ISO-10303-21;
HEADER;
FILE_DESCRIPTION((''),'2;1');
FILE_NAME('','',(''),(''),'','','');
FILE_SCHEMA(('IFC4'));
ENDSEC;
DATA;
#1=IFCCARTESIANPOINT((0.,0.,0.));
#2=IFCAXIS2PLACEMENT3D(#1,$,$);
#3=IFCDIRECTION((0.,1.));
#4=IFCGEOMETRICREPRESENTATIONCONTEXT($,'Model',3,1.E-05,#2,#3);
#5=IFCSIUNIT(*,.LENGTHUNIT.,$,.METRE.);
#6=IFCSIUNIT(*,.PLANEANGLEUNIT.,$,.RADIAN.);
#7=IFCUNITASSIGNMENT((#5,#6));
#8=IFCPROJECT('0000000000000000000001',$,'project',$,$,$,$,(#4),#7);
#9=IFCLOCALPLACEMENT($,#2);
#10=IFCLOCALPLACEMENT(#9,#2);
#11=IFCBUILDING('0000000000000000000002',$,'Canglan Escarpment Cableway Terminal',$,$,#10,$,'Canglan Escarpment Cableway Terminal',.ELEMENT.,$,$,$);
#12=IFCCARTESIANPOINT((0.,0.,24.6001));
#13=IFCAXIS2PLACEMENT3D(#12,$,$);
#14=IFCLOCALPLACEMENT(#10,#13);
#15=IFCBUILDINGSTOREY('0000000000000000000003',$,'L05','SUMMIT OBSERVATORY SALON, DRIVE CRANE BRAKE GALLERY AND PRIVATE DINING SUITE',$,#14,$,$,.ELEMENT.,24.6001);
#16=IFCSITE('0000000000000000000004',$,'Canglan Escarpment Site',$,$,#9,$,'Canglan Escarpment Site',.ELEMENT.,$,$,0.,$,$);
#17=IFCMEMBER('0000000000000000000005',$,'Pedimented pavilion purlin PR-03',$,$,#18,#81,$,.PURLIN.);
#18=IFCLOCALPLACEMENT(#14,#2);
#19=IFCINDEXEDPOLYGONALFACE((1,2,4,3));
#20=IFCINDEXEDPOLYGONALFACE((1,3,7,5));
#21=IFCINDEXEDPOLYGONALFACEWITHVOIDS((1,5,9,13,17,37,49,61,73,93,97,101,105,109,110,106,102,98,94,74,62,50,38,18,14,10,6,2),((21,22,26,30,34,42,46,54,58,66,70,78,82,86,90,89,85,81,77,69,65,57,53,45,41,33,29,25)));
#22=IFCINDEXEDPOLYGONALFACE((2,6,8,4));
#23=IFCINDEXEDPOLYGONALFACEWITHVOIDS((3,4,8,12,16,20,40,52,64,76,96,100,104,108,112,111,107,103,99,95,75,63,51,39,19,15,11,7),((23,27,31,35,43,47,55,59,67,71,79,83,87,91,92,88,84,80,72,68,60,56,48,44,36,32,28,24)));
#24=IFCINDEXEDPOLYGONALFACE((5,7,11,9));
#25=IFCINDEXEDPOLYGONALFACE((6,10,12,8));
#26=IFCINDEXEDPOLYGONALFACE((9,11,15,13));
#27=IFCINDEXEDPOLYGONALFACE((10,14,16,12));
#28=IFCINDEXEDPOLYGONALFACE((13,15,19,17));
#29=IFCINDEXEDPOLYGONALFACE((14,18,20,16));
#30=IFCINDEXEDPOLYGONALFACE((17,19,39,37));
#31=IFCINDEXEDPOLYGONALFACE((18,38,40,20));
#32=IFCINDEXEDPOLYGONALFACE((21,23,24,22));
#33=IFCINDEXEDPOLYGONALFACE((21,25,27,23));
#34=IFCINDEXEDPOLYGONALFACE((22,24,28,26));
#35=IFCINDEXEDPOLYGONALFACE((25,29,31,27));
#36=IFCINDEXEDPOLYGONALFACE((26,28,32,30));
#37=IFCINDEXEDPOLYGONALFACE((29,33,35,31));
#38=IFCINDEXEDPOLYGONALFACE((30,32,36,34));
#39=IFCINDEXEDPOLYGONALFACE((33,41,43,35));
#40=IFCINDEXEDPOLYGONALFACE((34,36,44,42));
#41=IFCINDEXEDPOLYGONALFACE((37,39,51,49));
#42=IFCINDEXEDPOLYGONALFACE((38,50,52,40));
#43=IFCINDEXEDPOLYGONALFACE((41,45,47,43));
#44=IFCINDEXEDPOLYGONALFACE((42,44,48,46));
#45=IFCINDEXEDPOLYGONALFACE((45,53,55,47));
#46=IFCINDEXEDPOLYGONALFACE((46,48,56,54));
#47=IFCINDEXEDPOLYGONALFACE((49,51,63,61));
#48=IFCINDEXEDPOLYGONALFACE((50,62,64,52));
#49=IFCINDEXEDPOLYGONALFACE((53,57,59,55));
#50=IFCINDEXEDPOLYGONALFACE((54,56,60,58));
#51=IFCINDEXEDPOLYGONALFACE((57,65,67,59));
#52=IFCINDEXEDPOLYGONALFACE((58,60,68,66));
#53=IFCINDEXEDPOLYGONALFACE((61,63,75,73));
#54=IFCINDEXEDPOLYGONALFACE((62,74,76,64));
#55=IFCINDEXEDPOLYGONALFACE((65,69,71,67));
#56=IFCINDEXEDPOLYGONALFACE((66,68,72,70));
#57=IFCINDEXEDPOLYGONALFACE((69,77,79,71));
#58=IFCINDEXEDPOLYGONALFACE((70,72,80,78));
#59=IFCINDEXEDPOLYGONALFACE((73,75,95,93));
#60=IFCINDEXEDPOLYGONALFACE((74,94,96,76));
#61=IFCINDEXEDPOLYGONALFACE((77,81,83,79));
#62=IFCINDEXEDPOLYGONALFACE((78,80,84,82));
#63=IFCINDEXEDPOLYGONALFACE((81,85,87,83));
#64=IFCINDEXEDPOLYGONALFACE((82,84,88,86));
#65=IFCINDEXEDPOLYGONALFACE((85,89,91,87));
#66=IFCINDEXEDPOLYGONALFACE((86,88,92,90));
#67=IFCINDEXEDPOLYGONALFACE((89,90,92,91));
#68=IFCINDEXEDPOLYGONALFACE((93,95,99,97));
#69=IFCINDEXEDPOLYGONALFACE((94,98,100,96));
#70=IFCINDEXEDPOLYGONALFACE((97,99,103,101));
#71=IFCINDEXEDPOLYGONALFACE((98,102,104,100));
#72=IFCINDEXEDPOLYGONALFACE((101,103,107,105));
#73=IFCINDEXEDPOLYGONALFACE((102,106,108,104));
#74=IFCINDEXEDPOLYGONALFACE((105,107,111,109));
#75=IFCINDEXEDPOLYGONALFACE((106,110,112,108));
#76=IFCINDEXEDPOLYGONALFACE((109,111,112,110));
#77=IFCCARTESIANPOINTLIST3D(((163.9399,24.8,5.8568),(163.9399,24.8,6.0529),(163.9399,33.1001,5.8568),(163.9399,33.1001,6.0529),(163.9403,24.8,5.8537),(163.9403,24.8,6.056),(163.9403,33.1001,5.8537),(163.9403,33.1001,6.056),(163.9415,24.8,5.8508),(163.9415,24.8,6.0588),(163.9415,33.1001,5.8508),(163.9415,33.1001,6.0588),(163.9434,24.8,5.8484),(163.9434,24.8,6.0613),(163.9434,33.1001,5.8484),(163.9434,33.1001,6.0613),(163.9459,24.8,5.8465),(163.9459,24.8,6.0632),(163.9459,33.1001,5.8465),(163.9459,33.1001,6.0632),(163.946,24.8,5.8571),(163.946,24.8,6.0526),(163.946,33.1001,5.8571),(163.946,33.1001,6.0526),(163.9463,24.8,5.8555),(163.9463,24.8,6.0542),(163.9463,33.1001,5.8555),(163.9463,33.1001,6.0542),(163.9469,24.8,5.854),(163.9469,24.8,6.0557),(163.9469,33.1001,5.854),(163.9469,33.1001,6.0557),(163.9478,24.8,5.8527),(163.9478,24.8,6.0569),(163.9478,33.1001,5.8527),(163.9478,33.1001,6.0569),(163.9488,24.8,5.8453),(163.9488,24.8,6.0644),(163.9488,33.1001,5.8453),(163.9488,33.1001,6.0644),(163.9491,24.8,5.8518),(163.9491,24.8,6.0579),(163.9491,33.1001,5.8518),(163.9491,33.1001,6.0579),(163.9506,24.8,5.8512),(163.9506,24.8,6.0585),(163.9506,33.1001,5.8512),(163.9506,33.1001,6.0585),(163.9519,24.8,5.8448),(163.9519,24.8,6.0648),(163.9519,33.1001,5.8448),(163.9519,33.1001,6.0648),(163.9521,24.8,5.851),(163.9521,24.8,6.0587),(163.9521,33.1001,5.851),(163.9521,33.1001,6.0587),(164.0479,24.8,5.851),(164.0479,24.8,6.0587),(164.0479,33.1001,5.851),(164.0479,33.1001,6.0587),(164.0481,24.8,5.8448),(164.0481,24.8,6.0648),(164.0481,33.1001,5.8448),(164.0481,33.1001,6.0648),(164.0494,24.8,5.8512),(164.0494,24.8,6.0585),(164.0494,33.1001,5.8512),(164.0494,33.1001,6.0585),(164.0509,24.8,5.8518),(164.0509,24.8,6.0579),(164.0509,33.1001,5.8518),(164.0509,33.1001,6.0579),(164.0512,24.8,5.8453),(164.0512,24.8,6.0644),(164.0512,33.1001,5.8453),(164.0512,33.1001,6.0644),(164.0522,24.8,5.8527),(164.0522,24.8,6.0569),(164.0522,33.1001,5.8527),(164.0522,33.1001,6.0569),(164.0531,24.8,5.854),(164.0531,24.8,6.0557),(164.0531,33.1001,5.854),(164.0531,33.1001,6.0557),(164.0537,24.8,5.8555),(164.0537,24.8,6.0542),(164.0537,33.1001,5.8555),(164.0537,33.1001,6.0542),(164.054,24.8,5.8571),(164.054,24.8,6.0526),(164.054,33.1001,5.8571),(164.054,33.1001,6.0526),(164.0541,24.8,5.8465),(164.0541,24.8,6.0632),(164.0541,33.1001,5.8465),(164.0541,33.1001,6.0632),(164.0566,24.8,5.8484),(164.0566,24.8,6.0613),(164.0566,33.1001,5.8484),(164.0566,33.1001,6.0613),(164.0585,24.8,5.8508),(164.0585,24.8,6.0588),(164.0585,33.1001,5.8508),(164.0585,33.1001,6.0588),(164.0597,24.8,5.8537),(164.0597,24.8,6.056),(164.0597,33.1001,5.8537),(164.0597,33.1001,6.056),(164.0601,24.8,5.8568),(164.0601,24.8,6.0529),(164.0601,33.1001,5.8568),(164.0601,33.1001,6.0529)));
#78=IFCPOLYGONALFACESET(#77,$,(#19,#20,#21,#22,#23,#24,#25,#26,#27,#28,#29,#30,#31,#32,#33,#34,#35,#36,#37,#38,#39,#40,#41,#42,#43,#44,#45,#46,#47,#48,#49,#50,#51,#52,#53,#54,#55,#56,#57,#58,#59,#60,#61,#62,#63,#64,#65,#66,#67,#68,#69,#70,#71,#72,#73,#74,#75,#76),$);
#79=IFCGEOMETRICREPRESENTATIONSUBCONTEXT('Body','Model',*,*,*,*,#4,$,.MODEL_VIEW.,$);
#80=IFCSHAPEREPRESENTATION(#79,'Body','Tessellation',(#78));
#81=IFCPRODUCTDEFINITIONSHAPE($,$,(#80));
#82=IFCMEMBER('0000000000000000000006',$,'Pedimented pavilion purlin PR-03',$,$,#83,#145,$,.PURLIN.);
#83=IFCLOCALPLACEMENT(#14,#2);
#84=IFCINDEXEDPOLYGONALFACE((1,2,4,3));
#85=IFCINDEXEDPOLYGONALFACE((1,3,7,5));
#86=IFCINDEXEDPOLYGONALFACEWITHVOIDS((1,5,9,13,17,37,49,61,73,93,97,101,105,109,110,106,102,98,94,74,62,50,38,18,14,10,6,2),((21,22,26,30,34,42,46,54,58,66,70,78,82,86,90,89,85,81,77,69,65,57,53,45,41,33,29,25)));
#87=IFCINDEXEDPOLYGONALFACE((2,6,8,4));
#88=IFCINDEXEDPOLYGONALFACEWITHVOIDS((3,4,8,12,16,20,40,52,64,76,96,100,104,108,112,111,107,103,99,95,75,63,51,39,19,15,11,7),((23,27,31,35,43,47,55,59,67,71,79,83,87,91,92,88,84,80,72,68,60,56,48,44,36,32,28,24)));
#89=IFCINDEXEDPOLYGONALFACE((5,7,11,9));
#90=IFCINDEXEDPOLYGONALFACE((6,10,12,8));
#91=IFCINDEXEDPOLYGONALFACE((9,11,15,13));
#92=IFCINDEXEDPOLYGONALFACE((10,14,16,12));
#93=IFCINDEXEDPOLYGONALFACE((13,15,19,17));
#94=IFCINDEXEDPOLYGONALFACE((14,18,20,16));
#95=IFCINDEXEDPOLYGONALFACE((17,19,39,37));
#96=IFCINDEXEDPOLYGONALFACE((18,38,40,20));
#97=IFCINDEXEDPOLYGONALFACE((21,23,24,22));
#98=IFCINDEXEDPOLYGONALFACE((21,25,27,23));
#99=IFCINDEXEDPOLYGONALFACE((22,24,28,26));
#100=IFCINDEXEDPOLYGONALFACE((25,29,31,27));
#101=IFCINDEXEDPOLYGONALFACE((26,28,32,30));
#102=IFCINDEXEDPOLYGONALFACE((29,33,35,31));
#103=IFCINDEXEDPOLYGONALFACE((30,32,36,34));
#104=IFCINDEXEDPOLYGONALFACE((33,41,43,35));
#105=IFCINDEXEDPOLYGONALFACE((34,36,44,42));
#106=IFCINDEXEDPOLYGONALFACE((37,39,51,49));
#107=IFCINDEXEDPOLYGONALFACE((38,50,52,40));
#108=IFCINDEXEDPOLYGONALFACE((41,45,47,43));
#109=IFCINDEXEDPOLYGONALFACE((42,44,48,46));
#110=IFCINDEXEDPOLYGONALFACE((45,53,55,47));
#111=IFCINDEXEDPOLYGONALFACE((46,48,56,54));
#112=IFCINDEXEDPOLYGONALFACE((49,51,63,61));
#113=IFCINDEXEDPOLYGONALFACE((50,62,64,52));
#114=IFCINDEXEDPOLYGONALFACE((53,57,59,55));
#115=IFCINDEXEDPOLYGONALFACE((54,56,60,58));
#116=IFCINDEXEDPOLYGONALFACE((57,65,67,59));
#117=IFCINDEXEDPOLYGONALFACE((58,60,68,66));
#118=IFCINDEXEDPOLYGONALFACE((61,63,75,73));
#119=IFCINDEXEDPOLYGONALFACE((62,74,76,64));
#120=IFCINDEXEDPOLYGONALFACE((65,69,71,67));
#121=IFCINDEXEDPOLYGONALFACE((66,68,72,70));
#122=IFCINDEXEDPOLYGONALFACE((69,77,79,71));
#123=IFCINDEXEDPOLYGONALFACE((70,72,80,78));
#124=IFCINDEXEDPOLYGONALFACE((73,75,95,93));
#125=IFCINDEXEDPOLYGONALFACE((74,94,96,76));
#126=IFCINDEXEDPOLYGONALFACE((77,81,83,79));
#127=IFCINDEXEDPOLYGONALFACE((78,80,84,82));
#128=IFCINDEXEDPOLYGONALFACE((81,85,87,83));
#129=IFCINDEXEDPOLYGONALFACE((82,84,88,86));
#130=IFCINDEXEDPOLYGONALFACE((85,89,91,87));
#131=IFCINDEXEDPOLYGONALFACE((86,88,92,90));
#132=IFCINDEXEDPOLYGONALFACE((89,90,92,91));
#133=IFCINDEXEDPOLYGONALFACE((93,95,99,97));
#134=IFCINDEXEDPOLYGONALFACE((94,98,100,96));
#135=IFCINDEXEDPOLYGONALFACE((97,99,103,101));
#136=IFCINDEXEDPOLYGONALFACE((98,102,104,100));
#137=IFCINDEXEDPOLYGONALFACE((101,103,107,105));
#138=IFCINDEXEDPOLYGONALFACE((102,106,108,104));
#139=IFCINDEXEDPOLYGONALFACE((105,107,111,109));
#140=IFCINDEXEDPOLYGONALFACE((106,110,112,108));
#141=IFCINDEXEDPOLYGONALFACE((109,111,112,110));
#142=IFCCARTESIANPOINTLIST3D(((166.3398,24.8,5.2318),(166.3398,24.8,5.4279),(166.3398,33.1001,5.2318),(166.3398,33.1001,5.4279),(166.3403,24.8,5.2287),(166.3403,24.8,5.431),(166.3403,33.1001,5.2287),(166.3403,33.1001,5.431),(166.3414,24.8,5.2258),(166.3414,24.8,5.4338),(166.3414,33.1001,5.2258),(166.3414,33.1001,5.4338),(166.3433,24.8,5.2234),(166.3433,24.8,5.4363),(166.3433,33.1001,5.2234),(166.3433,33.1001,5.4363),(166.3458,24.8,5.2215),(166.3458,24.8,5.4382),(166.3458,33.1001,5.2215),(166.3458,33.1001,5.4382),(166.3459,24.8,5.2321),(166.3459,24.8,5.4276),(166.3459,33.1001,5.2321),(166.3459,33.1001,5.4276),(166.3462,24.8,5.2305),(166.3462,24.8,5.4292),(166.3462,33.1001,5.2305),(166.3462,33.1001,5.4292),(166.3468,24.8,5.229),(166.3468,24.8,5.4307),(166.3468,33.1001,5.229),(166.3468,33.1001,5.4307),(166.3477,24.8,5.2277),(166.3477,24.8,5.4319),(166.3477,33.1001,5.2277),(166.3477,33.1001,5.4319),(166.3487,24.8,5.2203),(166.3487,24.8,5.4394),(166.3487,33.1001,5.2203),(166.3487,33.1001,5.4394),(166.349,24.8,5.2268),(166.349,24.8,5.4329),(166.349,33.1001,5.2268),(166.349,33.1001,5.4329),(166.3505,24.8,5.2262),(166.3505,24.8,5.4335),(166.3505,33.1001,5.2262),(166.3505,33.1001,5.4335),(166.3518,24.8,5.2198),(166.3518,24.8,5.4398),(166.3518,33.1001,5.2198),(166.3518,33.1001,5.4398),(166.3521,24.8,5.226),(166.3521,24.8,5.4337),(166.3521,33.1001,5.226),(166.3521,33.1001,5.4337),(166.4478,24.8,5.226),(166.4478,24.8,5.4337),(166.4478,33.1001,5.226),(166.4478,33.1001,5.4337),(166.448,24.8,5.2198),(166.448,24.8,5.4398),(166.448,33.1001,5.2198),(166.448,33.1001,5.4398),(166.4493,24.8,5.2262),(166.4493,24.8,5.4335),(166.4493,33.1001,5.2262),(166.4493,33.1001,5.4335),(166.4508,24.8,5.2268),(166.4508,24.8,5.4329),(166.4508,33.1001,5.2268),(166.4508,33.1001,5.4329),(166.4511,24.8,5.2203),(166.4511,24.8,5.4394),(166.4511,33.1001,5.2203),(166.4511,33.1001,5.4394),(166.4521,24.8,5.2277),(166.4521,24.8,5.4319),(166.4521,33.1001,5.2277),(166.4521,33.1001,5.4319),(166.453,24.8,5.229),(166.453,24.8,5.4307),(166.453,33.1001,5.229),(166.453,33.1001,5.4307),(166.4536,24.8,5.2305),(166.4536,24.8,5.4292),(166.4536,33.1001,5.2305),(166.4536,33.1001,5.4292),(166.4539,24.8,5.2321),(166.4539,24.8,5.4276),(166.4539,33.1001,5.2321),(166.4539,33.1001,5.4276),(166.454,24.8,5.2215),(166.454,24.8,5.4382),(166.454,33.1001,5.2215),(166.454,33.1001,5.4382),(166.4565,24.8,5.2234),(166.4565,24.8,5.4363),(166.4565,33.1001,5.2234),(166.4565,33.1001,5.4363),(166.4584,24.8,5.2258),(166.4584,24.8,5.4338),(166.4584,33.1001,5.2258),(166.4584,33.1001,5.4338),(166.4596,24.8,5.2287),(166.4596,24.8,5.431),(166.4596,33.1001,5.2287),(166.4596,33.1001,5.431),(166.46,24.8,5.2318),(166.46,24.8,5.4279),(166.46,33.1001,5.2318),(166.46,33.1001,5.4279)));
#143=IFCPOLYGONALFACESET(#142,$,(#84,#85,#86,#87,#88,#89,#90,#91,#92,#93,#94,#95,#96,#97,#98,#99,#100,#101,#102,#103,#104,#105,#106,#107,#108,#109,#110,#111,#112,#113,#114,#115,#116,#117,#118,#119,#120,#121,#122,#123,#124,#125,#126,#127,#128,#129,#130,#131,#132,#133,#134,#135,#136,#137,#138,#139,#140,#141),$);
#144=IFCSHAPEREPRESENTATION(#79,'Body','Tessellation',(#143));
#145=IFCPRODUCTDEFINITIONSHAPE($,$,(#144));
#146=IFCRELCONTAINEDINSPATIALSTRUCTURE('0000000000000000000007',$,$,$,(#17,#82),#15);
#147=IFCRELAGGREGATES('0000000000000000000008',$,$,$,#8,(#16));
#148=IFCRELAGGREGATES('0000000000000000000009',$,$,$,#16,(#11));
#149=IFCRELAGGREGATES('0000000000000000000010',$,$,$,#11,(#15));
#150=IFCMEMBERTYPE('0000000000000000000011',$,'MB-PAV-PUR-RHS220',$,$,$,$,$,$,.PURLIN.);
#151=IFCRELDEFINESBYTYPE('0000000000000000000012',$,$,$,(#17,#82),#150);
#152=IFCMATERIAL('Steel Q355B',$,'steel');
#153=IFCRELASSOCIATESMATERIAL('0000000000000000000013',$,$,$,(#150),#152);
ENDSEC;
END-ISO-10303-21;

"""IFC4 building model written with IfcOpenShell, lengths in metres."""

from ifc_helpers import new_model, si_unit, direction, frame, origin, origin_2d, place, context, subcontext, project, spatial, hollow_rectangle, extrude, material, material_profile, profile_set, type_object, element, save


model = new_model("IFC4")

# Units and contexts
model_context = context("Model", 3, precision=1e-05, world=origin(), true_north=direction((0.0, 1.0)))
body_context = subcontext(model_context, "Body", "Model", "MODEL_VIEW")
ifc_project = project(units=[si_unit("LENGTHUNIT", "METRE"), si_unit("PLANEANGLEUNIT", "RADIAN")], contexts=[model_context])

# Site, building, storey
site_placement = place(None, origin())
site = spatial("IfcSite", under=ifc_project, at=site_placement, Name="Canglan Escarpment Site", LongName="Canglan Escarpment Site", CompositionType="ELEMENT", RefElevation=0.0)
building_placement = place(site_placement, origin())
building = spatial("IfcBuilding", under=site, at=building_placement, Name="Canglan Escarpment Cableway Terminal", LongName="Canglan Escarpment Cableway Terminal", CompositionType="ELEMENT")
storey_placement = place(building_placement, frame((0.0, 0.0, 24.6001)))
storey = spatial("IfcBuildingStorey", under=building, at=storey_placement, Name="L05", Description="SUMMIT OBSERVATORY SALON, DRIVE CRANE BRAKE GALLERY AND PRIVATE DINING SUITE", CompositionType="ELEMENT", Elevation=24.6001)

# Shared definitions
ifc_material_1 = material(Name="Steel Q355B", Category="steel")

# Members
ifc_material_profile_1 = material_profile(ifc_material_1, hollow_rectangle(XDim=0.1201, YDim=0.22, WallThickness=0.0061, InnerFilletRadius=0.0061, OuterFilletRadius=0.012, at=origin_2d()), Name="RHS 220x120x6")
ifc_profile_set_1 = profile_set([ifc_material_profile_1], Name="Steel Q355B")
member_type_1 = type_object("IfcMemberType", Name="MB-PAV-PUR-RHS220", PredefinedType="PURLIN", material=ifc_profile_set_1)
for number, where, z_axis, x_axis, name in (
    (1, (164.0, 24.8, 5.9548), (0.0, 1.0, 0.0), (-1.0, 0.0, 0.0), "Pedimented pavilion purlin PR-03"),
    (2, (166.3999, 24.8, 5.3298), (0.0, 1.0, 0.0), (-1.0, 0.0, 0.0), "Pedimented pavilion purlin PR-03"),
):
    element("IfcMember", number, at=place(storey_placement, frame(where, z_axis=z_axis, x_axis=x_axis)), inside=storey, type_object=member_type_1, Name=name, PredefinedType="PURLIN", context=body_context, shape_type="SweptSolid", body=[
        extrude(hollow_rectangle(XDim=0.1201, YDim=0.22, WallThickness=0.0061, InnerFilletRadius=0.0061, OuterFilletRadius=0.012, at=origin_2d()), origin(), (0.0, 0.0, 1.0), 8.3),
    ])

save(model, "model.ifc")
